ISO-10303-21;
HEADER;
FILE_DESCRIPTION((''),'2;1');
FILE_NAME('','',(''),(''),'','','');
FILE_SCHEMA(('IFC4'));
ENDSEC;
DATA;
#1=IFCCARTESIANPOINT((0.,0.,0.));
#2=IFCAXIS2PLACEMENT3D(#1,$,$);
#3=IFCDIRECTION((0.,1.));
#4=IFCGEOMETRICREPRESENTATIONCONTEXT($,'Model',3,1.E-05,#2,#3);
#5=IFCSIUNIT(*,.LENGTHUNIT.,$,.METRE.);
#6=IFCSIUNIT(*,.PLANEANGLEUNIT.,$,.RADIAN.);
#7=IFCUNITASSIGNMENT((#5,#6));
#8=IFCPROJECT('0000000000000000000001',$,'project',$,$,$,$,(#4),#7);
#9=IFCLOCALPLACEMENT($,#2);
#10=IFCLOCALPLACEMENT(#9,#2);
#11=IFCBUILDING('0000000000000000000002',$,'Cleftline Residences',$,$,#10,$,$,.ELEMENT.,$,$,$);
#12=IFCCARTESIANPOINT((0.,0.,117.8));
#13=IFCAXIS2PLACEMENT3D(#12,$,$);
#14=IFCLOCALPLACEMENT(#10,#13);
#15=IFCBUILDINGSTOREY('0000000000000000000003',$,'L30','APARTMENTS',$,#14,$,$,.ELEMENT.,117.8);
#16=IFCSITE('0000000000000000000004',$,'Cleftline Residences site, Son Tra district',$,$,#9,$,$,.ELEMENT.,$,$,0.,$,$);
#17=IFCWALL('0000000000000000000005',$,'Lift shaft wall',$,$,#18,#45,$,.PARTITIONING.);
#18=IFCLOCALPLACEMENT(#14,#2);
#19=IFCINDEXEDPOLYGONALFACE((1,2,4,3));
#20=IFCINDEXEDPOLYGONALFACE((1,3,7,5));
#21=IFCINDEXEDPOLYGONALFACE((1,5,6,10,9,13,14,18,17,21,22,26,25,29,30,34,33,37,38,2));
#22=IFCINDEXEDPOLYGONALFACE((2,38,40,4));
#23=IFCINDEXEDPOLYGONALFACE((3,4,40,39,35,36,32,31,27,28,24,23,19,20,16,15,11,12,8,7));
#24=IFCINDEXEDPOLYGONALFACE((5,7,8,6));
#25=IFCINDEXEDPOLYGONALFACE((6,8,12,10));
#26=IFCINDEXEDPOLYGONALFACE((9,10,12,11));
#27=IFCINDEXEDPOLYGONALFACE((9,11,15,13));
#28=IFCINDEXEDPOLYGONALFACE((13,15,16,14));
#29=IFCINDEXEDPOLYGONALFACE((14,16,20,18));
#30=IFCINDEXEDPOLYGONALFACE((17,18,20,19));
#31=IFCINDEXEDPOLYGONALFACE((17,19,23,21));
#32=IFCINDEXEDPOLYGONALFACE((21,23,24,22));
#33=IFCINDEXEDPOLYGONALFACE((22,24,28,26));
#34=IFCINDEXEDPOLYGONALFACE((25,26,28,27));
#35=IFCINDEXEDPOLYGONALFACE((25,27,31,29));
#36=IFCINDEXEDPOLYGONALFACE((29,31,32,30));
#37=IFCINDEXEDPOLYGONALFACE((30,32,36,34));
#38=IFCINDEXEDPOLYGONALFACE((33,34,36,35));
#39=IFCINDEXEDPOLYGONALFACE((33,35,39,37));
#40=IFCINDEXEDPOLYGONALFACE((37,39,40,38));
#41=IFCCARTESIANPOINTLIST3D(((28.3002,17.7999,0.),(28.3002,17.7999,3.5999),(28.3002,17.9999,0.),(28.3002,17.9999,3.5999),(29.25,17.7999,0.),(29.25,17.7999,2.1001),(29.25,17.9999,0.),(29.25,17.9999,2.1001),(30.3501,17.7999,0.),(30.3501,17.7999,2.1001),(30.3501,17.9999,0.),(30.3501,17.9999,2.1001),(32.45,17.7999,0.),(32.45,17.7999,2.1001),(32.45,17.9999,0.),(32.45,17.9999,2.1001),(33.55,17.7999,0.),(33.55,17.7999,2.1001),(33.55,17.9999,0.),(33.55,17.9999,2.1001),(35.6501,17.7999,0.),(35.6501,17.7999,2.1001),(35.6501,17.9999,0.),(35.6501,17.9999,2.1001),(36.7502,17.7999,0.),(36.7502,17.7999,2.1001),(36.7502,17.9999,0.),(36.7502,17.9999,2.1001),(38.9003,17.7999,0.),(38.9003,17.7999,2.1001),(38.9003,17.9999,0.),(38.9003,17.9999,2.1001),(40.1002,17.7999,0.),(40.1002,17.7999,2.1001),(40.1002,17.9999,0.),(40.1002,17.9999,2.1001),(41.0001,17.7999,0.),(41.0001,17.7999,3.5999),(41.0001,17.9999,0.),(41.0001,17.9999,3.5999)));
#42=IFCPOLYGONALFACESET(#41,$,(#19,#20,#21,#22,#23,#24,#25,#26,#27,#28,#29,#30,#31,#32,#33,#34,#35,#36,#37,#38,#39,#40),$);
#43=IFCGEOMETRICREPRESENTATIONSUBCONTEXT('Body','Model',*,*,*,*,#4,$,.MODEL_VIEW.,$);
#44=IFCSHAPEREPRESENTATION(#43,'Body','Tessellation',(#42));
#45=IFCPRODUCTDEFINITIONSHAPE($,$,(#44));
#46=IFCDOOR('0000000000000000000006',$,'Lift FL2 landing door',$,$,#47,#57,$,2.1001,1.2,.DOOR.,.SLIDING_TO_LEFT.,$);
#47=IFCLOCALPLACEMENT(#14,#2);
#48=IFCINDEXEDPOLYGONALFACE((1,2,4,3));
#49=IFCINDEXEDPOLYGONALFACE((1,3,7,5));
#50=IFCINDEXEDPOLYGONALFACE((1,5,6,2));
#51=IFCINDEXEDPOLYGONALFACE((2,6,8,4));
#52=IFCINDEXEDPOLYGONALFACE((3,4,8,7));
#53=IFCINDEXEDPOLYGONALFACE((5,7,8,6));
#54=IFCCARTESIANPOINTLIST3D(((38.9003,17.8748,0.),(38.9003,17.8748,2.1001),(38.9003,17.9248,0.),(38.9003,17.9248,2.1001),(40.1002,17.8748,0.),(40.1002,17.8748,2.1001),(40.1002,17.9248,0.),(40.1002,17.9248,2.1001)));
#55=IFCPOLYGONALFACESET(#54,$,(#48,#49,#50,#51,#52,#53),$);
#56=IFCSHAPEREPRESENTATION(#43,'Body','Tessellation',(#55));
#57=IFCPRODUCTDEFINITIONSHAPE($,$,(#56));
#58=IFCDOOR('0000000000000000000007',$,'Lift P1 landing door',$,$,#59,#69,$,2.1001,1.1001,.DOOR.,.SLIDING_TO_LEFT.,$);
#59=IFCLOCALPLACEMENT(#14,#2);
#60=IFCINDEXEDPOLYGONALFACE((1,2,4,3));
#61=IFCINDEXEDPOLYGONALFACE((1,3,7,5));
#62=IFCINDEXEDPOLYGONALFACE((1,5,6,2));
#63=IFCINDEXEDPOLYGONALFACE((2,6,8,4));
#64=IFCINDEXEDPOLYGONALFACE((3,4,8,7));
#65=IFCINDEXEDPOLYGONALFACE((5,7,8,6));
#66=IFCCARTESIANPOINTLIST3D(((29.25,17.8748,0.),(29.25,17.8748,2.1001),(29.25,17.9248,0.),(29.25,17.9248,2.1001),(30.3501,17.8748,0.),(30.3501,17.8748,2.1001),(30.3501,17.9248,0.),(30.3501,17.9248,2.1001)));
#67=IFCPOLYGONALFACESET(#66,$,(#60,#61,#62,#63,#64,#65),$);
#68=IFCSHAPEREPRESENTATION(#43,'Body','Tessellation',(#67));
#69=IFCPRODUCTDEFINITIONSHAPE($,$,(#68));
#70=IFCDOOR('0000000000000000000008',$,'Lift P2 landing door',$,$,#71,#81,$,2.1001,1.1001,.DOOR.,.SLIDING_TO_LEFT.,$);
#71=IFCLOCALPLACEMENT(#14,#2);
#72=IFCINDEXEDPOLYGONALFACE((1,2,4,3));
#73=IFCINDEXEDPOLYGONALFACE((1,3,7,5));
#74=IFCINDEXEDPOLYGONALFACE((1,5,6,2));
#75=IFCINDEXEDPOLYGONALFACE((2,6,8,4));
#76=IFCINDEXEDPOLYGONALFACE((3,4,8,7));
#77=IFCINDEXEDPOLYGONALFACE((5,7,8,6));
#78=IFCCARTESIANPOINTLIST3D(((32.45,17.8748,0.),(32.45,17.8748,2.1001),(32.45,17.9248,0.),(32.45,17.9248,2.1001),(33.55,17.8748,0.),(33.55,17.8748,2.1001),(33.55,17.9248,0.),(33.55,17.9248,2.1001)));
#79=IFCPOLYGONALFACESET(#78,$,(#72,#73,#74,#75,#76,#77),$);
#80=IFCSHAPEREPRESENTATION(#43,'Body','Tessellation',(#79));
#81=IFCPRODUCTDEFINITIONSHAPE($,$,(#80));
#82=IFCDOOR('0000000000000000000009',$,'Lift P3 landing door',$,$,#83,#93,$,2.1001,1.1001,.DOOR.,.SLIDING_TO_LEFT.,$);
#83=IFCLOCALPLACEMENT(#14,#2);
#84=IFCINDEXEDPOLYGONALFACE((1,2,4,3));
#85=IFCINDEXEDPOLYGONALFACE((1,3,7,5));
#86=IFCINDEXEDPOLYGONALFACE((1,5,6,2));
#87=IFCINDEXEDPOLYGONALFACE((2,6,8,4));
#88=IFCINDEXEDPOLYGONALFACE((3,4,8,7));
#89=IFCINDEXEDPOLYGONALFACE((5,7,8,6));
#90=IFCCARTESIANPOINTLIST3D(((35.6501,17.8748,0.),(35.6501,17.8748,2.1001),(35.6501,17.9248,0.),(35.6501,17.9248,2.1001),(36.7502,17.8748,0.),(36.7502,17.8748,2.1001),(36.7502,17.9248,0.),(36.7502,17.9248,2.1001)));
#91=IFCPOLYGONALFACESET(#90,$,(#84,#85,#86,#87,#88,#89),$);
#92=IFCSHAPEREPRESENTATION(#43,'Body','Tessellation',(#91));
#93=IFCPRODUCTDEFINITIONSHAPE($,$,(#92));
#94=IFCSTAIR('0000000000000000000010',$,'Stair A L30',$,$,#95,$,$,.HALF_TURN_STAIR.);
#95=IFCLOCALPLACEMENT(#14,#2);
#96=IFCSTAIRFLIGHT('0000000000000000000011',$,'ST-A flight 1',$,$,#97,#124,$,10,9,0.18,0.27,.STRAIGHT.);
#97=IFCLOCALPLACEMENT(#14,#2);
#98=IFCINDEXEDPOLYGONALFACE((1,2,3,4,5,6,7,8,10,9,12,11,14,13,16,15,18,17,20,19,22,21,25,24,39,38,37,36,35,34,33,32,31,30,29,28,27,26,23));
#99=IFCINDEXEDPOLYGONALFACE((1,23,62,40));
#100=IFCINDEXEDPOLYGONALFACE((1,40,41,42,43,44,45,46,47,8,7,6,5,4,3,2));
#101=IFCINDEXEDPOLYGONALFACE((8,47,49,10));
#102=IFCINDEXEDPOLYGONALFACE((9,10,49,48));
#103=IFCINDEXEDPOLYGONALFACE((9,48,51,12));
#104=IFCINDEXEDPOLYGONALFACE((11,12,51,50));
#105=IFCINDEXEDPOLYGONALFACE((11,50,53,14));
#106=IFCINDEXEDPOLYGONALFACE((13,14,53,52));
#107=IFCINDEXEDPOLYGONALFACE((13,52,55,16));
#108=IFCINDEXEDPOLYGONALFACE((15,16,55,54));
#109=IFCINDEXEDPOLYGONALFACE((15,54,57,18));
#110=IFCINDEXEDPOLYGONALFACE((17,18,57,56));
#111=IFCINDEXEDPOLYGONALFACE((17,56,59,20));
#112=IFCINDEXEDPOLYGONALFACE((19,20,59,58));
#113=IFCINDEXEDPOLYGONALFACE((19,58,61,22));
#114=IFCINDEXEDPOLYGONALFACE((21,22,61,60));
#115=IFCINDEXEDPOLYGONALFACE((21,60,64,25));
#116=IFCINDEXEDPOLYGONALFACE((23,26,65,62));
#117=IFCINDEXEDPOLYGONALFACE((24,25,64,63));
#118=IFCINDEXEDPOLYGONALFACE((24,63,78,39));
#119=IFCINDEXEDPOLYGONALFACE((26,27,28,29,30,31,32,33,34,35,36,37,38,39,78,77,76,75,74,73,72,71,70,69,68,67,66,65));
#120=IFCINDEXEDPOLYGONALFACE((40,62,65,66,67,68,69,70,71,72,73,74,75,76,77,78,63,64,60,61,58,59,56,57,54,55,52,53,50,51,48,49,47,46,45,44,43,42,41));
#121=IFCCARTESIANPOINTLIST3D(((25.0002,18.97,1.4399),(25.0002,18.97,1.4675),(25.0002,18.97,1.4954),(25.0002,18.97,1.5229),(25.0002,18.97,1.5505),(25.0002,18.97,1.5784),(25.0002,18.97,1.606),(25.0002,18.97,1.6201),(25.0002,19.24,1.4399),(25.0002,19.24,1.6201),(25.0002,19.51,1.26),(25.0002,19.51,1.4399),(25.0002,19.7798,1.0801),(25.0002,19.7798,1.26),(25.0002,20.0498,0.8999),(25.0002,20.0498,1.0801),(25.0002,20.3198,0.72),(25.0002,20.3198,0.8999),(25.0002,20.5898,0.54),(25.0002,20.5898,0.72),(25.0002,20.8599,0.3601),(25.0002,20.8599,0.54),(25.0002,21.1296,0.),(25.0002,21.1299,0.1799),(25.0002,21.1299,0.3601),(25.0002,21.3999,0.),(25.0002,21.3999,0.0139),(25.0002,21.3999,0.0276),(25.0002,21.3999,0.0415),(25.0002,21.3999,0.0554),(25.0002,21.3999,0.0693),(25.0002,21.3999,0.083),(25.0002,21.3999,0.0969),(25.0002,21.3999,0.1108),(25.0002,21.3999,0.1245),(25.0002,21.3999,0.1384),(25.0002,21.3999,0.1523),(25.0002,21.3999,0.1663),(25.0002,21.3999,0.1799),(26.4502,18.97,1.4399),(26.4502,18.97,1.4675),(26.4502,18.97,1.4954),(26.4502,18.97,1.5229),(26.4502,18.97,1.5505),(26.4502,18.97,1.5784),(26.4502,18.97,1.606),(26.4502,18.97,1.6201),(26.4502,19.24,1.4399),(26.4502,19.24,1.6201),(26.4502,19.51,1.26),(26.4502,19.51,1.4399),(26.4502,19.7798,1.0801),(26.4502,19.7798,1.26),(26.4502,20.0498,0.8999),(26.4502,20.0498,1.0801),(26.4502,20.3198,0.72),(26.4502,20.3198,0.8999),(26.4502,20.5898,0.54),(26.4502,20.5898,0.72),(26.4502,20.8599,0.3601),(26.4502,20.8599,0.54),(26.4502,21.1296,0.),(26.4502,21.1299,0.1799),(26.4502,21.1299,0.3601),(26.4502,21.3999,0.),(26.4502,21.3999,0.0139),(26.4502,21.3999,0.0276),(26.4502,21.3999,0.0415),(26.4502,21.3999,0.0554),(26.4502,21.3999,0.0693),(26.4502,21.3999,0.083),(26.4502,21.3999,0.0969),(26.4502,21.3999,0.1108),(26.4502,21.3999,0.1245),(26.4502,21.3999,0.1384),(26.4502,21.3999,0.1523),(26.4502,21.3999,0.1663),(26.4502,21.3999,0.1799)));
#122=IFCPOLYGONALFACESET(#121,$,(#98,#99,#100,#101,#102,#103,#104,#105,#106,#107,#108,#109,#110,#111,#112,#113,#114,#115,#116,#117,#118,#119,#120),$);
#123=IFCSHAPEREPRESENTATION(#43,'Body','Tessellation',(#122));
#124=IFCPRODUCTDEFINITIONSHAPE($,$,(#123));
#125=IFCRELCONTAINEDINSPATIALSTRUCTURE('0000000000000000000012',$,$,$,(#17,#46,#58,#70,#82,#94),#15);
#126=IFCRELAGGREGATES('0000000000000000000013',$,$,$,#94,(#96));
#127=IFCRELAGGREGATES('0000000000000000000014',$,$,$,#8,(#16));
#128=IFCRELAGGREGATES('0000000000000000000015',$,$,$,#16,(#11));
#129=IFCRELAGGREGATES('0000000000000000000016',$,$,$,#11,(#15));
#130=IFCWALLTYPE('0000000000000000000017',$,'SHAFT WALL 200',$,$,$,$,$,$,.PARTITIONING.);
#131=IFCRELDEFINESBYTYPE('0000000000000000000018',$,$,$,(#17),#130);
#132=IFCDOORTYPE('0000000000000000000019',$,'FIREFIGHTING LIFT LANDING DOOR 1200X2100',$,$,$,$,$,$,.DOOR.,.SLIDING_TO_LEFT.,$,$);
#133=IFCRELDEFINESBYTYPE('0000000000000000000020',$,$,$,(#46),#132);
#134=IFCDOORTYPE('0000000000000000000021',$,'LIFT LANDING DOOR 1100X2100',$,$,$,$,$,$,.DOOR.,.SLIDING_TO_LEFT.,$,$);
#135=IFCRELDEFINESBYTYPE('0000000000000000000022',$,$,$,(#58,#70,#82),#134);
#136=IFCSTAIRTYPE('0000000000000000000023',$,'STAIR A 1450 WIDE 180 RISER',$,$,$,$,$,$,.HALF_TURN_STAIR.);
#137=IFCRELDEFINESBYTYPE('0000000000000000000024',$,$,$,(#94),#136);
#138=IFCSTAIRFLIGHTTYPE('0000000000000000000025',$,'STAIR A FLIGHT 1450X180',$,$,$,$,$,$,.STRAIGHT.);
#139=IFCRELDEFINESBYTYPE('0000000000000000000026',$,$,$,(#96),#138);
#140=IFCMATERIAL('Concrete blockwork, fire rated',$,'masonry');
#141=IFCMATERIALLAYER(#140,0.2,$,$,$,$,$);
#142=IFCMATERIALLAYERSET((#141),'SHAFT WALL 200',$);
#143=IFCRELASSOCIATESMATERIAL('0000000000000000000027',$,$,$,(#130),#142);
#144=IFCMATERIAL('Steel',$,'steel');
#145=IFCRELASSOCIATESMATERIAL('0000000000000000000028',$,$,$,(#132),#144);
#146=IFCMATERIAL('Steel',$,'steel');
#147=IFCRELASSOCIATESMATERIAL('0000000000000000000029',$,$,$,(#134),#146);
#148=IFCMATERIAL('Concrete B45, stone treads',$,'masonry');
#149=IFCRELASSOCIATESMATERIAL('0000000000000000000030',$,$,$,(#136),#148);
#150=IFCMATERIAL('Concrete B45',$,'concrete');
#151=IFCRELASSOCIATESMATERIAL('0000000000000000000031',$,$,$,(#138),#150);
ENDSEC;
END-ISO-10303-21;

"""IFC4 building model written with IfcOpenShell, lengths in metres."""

from ifc_helpers import new_model, si_unit, direction, frame, frame_2d, origin, place, context, subcontext, project, spatial, polyline, rectangle, outline, extrude, material, layer, layer_set, type_object, element, fill, aggregate, save


model = new_model("IFC4")

# Units and contexts
model_context = context("Model", 3, precision=1e-05, world=origin(), true_north=direction((0.0, 1.0)))
body_context = subcontext(model_context, "Body", "Model", "MODEL_VIEW")
ifc_project = project(units=[si_unit("LENGTHUNIT", "METRE"), si_unit("PLANEANGLEUNIT", "RADIAN")], contexts=[model_context])

# Site, building, storey
site_placement = place(None, origin())
site = spatial("IfcSite", under=ifc_project, at=site_placement, Name="Cleftline Residences site, Son Tra district", CompositionType="ELEMENT", RefElevation=0.0)
building_placement = place(site_placement, origin())
building = spatial("IfcBuilding", under=site, at=building_placement, Name="Cleftline Residences", CompositionType="ELEMENT")
storey_placement = place(building_placement, frame((0.0, 0.0, 117.8)))
storey = spatial("IfcBuildingStorey", under=building, at=storey_placement, Name="L30", Description="APARTMENTS", CompositionType="ELEMENT", Elevation=117.8)

# Wall, openings, doors
ifc_material_1 = material(Name="Concrete blockwork, fire rated", Category="masonry")
ifc_layer_1 = layer(ifc_material_1, 0.2)
ifc_layer_set_1 = layer_set([ifc_layer_1], Name="SHAFT WALL 200")
wall_type_1 = type_object("IfcWallType", Name="SHAFT WALL 200", PredefinedType="PARTITIONING", material=ifc_layer_set_1)
wall_1_placement = place(storey_placement, frame((28.3, 17.8999, 0.0), z_axis=(0.0, 0.0, 1.0), x_axis=(1.0, 0.0, 0.0)))
wall_1 = element("IfcWall", 1, at=wall_1_placement, inside=storey, type_object=wall_type_1, Name="Lift shaft wall", PredefinedType="PARTITIONING", context=body_context, shape_type="SweptSolid", body=[
    extrude(rectangle(XDim=12.7, YDim=0.2, at=frame_2d((6.3501, 0.0))), origin(), (0.0, 0.0, 1.0), 3.5999),
])
opening_1_placement = place(wall_1_placement, frame((0.95, 0.0, 0.0)))
opening_1 = element("IfcOpeningElement", 2, at=opening_1_placement, cuts=wall_1, PredefinedType="OPENING", context=body_context, shape_type="SweptSolid", body=[
    extrude(rectangle(XDim=1.1001, YDim=2.1001, at=frame_2d((0.55, 1.05))), frame((0.0, 0.1099, 0.0), z_axis=(0.0, -1.0, 0.0), x_axis=(1.0, 0.0, 0.0)), (0.0, 0.0, 1.0), 0.22),
])
opening_2_placement = place(wall_1_placement, frame((4.1499, 0.0, 0.0)))
opening_2 = element("IfcOpeningElement", 3, at=opening_2_placement, cuts=wall_1, PredefinedType="OPENING", context=body_context, shape_type="SweptSolid", body=[
    extrude(rectangle(XDim=1.1001, YDim=2.1001, at=frame_2d((0.55, 1.05))), frame((0.0, 0.1099, 0.0), z_axis=(0.0, -1.0, 0.0), x_axis=(1.0, 0.0, 0.0)), (0.0, 0.0, 1.0), 0.22),
])
opening_3_placement = place(wall_1_placement, frame((7.3501, 0.0, 0.0)))
opening_3 = element("IfcOpeningElement", 4, at=opening_3_placement, cuts=wall_1, PredefinedType="OPENING", context=body_context, shape_type="SweptSolid", body=[
    extrude(rectangle(XDim=1.1001, YDim=2.1001, at=frame_2d((0.55, 1.05))), frame((0.0, 0.1099, 0.0), z_axis=(0.0, -1.0, 0.0), x_axis=(1.0, 0.0, 0.0)), (0.0, 0.0, 1.0), 0.22),
])
opening_4_placement = place(wall_1_placement, frame((10.6001, 0.0, 0.0)))
opening_4 = element("IfcOpeningElement", 5, at=opening_4_placement, cuts=wall_1, PredefinedType="OPENING", context=body_context, shape_type="SweptSolid", body=[
    extrude(rectangle(XDim=1.2, YDim=2.1001, at=frame_2d((0.6001, 1.05))), frame((0.0, 0.1099, 0.0), z_axis=(0.0, -1.0, 0.0), x_axis=(1.0, 0.0, 0.0)), (0.0, 0.0, 1.0), 0.22),
])
ifc_material_2 = material(Name="Steel", Category="steel")
door_type_1 = type_object("IfcDoorType", Name="FIREFIGHTING LIFT LANDING DOOR 1200X2100", OperationType="SLIDING_TO_LEFT", PredefinedType="DOOR", material=ifc_material_2)
door_1_placement = place(opening_4_placement, origin())
door_1 = element("IfcDoor", 6, at=door_1_placement, inside=storey, type_object=door_type_1, Name="Lift FL2 landing door", OperationType="SLIDING_TO_LEFT", OverallHeight=2.1001, OverallWidth=1.2, PredefinedType="DOOR", context=body_context, shape_type="SweptSolid", body=[
    extrude(rectangle(XDim=1.2, YDim=2.1001, at=frame_2d((0.6001, 1.05))), frame((0.0, 0.0249, 0.0), z_axis=(0.0, -1.0, 0.0), x_axis=(1.0, 0.0, 0.0)), (0.0, 0.0, 1.0), 0.05),
])
fill(opening_4, door_1)
ifc_material_3 = material(Name="Steel", Category="steel")
door_type_2 = type_object("IfcDoorType", Name="LIFT LANDING DOOR 1100X2100", OperationType="SLIDING_TO_LEFT", PredefinedType="DOOR", material=ifc_material_3)
door_2_placement = place(opening_1_placement, origin())
door_2 = element("IfcDoor", 7, at=door_2_placement, inside=storey, type_object=door_type_2, Name="Lift P1 landing door", OperationType="SLIDING_TO_LEFT", OverallHeight=2.1001, OverallWidth=1.1001, PredefinedType="DOOR", context=body_context, shape_type="SweptSolid", body=[
    extrude(rectangle(XDim=1.1001, YDim=2.1001, at=frame_2d((0.55, 1.05))), frame((0.0, 0.0249, 0.0), z_axis=(0.0, -1.0, 0.0), x_axis=(1.0, 0.0, 0.0)), (0.0, 0.0, 1.0), 0.05),
])
fill(opening_1, door_2)
door_3_placement = place(opening_2_placement, origin())
door_3 = element("IfcDoor", 8, at=door_3_placement, inside=storey, type_object=door_type_2, Name="Lift P2 landing door", OperationType="SLIDING_TO_LEFT", OverallHeight=2.1001, OverallWidth=1.1001, PredefinedType="DOOR", context=body_context, shape_type="SweptSolid", body=[
    extrude(rectangle(XDim=1.1001, YDim=2.1001, at=frame_2d((0.55, 1.05))), frame((0.0, 0.0249, 0.0), z_axis=(0.0, -1.0, 0.0), x_axis=(1.0, 0.0, 0.0)), (0.0, 0.0, 1.0), 0.05),
])
fill(opening_2, door_3)
door_4_placement = place(opening_3_placement, origin())
door_4 = element("IfcDoor", 9, at=door_4_placement, inside=storey, type_object=door_type_2, Name="Lift P3 landing door", OperationType="SLIDING_TO_LEFT", OverallHeight=2.1001, OverallWidth=1.1001, PredefinedType="DOOR", context=body_context, shape_type="SweptSolid", body=[
    extrude(rectangle(XDim=1.1001, YDim=2.1001, at=frame_2d((0.55, 1.05))), frame((0.0, 0.0249, 0.0), z_axis=(0.0, -1.0, 0.0), x_axis=(1.0, 0.0, 0.0)), (0.0, 0.0, 1.0), 0.05),
])
fill(opening_3, door_4)

# Stair, stair flight
ifc_material_4 = material(Name="Concrete B45, stone treads", Category="masonry")
stair_type = type_object("IfcStairType", Name="STAIR A 1450 WIDE 180 RISER", PredefinedType="HALF_TURN_STAIR", material=ifc_material_4)
stair_placement = place(storey_placement, origin())
stair = element("IfcStair", 10, at=stair_placement, inside=storey, type_object=stair_type, Name="Stair A L30", PredefinedType="HALF_TURN_STAIR")
ifc_material_5 = material(Name="Concrete B45", Category="concrete")
stair_flight_type = type_object("IfcStairFlightType", Name="STAIR A FLIGHT 1450X180", PredefinedType="STRAIGHT", material=ifc_material_5)
stair_flight_1_placement = place(storey_placement, frame((25.7251, 21.3999, 0.0), z_axis=(0.0, 0.0, 1.0), x_axis=(0.0, -1.0, 0.0)))
stair_flight_1 = element("IfcStairFlight", 11, at=stair_flight_1_placement, type_object=stair_flight_type, Name="ST-A flight 1", NumberOfRisers=10, NumberOfTreads=9, PredefinedType="STRAIGHT", RiserHeight=0.18, TreadLength=0.27, context=body_context, shape_type="SweptSolid", body=[
    extrude(outline(polyline([(0.0, 0.0), (0.0, 0.0139), (0.0, 0.0276), (0.0, 0.0415), (0.0, 0.0554), (0.0, 0.0693), (0.0, 0.083), (0.0, 0.0969), (0.0, 0.1108), (0.0, 0.1245), (0.0, 0.1384), (0.0, 0.1523), (0.0, 0.1663), (0.0, 0.1799), (0.27, 0.1799), (0.27, 0.3601), (0.54, 0.3601), (0.54, 0.54), (0.8101, 0.54), (0.8101, 0.72), (1.0801, 0.72), (1.0801, 0.8999), (1.3501, 0.8999), (1.3501, 1.0801), (1.6201, 1.0801), (1.6201, 1.26), (1.8899, 1.26), (1.8899, 1.4399), (2.1599, 1.4399), (2.1599, 1.6201), (2.4299, 1.6201), (2.4299, 1.8), (2.4299, 1.7722), (2.4299, 1.7446), (2.4299, 1.7168), (2.4299, 1.6892), (2.4299, 1.6614), (2.4299, 1.6338), (2.4299, 1.606), (2.4299, 1.5784), (2.4299, 1.5505), (2.4299, 1.5229), (2.4299, 1.4954), (2.4299, 1.4675), (2.4299, 1.4399), (0.2703, 0.0), (0.0, 0.0)])), frame((0.0, 0.7251, 0.0), z_axis=(0.0, -1.0, 0.0), x_axis=(1.0, 0.0, 0.0)), (0.0, 0.0, 1.0), 1.45),
])
aggregate(stair, [stair_flight_1])

save(model, "model.ifc")
